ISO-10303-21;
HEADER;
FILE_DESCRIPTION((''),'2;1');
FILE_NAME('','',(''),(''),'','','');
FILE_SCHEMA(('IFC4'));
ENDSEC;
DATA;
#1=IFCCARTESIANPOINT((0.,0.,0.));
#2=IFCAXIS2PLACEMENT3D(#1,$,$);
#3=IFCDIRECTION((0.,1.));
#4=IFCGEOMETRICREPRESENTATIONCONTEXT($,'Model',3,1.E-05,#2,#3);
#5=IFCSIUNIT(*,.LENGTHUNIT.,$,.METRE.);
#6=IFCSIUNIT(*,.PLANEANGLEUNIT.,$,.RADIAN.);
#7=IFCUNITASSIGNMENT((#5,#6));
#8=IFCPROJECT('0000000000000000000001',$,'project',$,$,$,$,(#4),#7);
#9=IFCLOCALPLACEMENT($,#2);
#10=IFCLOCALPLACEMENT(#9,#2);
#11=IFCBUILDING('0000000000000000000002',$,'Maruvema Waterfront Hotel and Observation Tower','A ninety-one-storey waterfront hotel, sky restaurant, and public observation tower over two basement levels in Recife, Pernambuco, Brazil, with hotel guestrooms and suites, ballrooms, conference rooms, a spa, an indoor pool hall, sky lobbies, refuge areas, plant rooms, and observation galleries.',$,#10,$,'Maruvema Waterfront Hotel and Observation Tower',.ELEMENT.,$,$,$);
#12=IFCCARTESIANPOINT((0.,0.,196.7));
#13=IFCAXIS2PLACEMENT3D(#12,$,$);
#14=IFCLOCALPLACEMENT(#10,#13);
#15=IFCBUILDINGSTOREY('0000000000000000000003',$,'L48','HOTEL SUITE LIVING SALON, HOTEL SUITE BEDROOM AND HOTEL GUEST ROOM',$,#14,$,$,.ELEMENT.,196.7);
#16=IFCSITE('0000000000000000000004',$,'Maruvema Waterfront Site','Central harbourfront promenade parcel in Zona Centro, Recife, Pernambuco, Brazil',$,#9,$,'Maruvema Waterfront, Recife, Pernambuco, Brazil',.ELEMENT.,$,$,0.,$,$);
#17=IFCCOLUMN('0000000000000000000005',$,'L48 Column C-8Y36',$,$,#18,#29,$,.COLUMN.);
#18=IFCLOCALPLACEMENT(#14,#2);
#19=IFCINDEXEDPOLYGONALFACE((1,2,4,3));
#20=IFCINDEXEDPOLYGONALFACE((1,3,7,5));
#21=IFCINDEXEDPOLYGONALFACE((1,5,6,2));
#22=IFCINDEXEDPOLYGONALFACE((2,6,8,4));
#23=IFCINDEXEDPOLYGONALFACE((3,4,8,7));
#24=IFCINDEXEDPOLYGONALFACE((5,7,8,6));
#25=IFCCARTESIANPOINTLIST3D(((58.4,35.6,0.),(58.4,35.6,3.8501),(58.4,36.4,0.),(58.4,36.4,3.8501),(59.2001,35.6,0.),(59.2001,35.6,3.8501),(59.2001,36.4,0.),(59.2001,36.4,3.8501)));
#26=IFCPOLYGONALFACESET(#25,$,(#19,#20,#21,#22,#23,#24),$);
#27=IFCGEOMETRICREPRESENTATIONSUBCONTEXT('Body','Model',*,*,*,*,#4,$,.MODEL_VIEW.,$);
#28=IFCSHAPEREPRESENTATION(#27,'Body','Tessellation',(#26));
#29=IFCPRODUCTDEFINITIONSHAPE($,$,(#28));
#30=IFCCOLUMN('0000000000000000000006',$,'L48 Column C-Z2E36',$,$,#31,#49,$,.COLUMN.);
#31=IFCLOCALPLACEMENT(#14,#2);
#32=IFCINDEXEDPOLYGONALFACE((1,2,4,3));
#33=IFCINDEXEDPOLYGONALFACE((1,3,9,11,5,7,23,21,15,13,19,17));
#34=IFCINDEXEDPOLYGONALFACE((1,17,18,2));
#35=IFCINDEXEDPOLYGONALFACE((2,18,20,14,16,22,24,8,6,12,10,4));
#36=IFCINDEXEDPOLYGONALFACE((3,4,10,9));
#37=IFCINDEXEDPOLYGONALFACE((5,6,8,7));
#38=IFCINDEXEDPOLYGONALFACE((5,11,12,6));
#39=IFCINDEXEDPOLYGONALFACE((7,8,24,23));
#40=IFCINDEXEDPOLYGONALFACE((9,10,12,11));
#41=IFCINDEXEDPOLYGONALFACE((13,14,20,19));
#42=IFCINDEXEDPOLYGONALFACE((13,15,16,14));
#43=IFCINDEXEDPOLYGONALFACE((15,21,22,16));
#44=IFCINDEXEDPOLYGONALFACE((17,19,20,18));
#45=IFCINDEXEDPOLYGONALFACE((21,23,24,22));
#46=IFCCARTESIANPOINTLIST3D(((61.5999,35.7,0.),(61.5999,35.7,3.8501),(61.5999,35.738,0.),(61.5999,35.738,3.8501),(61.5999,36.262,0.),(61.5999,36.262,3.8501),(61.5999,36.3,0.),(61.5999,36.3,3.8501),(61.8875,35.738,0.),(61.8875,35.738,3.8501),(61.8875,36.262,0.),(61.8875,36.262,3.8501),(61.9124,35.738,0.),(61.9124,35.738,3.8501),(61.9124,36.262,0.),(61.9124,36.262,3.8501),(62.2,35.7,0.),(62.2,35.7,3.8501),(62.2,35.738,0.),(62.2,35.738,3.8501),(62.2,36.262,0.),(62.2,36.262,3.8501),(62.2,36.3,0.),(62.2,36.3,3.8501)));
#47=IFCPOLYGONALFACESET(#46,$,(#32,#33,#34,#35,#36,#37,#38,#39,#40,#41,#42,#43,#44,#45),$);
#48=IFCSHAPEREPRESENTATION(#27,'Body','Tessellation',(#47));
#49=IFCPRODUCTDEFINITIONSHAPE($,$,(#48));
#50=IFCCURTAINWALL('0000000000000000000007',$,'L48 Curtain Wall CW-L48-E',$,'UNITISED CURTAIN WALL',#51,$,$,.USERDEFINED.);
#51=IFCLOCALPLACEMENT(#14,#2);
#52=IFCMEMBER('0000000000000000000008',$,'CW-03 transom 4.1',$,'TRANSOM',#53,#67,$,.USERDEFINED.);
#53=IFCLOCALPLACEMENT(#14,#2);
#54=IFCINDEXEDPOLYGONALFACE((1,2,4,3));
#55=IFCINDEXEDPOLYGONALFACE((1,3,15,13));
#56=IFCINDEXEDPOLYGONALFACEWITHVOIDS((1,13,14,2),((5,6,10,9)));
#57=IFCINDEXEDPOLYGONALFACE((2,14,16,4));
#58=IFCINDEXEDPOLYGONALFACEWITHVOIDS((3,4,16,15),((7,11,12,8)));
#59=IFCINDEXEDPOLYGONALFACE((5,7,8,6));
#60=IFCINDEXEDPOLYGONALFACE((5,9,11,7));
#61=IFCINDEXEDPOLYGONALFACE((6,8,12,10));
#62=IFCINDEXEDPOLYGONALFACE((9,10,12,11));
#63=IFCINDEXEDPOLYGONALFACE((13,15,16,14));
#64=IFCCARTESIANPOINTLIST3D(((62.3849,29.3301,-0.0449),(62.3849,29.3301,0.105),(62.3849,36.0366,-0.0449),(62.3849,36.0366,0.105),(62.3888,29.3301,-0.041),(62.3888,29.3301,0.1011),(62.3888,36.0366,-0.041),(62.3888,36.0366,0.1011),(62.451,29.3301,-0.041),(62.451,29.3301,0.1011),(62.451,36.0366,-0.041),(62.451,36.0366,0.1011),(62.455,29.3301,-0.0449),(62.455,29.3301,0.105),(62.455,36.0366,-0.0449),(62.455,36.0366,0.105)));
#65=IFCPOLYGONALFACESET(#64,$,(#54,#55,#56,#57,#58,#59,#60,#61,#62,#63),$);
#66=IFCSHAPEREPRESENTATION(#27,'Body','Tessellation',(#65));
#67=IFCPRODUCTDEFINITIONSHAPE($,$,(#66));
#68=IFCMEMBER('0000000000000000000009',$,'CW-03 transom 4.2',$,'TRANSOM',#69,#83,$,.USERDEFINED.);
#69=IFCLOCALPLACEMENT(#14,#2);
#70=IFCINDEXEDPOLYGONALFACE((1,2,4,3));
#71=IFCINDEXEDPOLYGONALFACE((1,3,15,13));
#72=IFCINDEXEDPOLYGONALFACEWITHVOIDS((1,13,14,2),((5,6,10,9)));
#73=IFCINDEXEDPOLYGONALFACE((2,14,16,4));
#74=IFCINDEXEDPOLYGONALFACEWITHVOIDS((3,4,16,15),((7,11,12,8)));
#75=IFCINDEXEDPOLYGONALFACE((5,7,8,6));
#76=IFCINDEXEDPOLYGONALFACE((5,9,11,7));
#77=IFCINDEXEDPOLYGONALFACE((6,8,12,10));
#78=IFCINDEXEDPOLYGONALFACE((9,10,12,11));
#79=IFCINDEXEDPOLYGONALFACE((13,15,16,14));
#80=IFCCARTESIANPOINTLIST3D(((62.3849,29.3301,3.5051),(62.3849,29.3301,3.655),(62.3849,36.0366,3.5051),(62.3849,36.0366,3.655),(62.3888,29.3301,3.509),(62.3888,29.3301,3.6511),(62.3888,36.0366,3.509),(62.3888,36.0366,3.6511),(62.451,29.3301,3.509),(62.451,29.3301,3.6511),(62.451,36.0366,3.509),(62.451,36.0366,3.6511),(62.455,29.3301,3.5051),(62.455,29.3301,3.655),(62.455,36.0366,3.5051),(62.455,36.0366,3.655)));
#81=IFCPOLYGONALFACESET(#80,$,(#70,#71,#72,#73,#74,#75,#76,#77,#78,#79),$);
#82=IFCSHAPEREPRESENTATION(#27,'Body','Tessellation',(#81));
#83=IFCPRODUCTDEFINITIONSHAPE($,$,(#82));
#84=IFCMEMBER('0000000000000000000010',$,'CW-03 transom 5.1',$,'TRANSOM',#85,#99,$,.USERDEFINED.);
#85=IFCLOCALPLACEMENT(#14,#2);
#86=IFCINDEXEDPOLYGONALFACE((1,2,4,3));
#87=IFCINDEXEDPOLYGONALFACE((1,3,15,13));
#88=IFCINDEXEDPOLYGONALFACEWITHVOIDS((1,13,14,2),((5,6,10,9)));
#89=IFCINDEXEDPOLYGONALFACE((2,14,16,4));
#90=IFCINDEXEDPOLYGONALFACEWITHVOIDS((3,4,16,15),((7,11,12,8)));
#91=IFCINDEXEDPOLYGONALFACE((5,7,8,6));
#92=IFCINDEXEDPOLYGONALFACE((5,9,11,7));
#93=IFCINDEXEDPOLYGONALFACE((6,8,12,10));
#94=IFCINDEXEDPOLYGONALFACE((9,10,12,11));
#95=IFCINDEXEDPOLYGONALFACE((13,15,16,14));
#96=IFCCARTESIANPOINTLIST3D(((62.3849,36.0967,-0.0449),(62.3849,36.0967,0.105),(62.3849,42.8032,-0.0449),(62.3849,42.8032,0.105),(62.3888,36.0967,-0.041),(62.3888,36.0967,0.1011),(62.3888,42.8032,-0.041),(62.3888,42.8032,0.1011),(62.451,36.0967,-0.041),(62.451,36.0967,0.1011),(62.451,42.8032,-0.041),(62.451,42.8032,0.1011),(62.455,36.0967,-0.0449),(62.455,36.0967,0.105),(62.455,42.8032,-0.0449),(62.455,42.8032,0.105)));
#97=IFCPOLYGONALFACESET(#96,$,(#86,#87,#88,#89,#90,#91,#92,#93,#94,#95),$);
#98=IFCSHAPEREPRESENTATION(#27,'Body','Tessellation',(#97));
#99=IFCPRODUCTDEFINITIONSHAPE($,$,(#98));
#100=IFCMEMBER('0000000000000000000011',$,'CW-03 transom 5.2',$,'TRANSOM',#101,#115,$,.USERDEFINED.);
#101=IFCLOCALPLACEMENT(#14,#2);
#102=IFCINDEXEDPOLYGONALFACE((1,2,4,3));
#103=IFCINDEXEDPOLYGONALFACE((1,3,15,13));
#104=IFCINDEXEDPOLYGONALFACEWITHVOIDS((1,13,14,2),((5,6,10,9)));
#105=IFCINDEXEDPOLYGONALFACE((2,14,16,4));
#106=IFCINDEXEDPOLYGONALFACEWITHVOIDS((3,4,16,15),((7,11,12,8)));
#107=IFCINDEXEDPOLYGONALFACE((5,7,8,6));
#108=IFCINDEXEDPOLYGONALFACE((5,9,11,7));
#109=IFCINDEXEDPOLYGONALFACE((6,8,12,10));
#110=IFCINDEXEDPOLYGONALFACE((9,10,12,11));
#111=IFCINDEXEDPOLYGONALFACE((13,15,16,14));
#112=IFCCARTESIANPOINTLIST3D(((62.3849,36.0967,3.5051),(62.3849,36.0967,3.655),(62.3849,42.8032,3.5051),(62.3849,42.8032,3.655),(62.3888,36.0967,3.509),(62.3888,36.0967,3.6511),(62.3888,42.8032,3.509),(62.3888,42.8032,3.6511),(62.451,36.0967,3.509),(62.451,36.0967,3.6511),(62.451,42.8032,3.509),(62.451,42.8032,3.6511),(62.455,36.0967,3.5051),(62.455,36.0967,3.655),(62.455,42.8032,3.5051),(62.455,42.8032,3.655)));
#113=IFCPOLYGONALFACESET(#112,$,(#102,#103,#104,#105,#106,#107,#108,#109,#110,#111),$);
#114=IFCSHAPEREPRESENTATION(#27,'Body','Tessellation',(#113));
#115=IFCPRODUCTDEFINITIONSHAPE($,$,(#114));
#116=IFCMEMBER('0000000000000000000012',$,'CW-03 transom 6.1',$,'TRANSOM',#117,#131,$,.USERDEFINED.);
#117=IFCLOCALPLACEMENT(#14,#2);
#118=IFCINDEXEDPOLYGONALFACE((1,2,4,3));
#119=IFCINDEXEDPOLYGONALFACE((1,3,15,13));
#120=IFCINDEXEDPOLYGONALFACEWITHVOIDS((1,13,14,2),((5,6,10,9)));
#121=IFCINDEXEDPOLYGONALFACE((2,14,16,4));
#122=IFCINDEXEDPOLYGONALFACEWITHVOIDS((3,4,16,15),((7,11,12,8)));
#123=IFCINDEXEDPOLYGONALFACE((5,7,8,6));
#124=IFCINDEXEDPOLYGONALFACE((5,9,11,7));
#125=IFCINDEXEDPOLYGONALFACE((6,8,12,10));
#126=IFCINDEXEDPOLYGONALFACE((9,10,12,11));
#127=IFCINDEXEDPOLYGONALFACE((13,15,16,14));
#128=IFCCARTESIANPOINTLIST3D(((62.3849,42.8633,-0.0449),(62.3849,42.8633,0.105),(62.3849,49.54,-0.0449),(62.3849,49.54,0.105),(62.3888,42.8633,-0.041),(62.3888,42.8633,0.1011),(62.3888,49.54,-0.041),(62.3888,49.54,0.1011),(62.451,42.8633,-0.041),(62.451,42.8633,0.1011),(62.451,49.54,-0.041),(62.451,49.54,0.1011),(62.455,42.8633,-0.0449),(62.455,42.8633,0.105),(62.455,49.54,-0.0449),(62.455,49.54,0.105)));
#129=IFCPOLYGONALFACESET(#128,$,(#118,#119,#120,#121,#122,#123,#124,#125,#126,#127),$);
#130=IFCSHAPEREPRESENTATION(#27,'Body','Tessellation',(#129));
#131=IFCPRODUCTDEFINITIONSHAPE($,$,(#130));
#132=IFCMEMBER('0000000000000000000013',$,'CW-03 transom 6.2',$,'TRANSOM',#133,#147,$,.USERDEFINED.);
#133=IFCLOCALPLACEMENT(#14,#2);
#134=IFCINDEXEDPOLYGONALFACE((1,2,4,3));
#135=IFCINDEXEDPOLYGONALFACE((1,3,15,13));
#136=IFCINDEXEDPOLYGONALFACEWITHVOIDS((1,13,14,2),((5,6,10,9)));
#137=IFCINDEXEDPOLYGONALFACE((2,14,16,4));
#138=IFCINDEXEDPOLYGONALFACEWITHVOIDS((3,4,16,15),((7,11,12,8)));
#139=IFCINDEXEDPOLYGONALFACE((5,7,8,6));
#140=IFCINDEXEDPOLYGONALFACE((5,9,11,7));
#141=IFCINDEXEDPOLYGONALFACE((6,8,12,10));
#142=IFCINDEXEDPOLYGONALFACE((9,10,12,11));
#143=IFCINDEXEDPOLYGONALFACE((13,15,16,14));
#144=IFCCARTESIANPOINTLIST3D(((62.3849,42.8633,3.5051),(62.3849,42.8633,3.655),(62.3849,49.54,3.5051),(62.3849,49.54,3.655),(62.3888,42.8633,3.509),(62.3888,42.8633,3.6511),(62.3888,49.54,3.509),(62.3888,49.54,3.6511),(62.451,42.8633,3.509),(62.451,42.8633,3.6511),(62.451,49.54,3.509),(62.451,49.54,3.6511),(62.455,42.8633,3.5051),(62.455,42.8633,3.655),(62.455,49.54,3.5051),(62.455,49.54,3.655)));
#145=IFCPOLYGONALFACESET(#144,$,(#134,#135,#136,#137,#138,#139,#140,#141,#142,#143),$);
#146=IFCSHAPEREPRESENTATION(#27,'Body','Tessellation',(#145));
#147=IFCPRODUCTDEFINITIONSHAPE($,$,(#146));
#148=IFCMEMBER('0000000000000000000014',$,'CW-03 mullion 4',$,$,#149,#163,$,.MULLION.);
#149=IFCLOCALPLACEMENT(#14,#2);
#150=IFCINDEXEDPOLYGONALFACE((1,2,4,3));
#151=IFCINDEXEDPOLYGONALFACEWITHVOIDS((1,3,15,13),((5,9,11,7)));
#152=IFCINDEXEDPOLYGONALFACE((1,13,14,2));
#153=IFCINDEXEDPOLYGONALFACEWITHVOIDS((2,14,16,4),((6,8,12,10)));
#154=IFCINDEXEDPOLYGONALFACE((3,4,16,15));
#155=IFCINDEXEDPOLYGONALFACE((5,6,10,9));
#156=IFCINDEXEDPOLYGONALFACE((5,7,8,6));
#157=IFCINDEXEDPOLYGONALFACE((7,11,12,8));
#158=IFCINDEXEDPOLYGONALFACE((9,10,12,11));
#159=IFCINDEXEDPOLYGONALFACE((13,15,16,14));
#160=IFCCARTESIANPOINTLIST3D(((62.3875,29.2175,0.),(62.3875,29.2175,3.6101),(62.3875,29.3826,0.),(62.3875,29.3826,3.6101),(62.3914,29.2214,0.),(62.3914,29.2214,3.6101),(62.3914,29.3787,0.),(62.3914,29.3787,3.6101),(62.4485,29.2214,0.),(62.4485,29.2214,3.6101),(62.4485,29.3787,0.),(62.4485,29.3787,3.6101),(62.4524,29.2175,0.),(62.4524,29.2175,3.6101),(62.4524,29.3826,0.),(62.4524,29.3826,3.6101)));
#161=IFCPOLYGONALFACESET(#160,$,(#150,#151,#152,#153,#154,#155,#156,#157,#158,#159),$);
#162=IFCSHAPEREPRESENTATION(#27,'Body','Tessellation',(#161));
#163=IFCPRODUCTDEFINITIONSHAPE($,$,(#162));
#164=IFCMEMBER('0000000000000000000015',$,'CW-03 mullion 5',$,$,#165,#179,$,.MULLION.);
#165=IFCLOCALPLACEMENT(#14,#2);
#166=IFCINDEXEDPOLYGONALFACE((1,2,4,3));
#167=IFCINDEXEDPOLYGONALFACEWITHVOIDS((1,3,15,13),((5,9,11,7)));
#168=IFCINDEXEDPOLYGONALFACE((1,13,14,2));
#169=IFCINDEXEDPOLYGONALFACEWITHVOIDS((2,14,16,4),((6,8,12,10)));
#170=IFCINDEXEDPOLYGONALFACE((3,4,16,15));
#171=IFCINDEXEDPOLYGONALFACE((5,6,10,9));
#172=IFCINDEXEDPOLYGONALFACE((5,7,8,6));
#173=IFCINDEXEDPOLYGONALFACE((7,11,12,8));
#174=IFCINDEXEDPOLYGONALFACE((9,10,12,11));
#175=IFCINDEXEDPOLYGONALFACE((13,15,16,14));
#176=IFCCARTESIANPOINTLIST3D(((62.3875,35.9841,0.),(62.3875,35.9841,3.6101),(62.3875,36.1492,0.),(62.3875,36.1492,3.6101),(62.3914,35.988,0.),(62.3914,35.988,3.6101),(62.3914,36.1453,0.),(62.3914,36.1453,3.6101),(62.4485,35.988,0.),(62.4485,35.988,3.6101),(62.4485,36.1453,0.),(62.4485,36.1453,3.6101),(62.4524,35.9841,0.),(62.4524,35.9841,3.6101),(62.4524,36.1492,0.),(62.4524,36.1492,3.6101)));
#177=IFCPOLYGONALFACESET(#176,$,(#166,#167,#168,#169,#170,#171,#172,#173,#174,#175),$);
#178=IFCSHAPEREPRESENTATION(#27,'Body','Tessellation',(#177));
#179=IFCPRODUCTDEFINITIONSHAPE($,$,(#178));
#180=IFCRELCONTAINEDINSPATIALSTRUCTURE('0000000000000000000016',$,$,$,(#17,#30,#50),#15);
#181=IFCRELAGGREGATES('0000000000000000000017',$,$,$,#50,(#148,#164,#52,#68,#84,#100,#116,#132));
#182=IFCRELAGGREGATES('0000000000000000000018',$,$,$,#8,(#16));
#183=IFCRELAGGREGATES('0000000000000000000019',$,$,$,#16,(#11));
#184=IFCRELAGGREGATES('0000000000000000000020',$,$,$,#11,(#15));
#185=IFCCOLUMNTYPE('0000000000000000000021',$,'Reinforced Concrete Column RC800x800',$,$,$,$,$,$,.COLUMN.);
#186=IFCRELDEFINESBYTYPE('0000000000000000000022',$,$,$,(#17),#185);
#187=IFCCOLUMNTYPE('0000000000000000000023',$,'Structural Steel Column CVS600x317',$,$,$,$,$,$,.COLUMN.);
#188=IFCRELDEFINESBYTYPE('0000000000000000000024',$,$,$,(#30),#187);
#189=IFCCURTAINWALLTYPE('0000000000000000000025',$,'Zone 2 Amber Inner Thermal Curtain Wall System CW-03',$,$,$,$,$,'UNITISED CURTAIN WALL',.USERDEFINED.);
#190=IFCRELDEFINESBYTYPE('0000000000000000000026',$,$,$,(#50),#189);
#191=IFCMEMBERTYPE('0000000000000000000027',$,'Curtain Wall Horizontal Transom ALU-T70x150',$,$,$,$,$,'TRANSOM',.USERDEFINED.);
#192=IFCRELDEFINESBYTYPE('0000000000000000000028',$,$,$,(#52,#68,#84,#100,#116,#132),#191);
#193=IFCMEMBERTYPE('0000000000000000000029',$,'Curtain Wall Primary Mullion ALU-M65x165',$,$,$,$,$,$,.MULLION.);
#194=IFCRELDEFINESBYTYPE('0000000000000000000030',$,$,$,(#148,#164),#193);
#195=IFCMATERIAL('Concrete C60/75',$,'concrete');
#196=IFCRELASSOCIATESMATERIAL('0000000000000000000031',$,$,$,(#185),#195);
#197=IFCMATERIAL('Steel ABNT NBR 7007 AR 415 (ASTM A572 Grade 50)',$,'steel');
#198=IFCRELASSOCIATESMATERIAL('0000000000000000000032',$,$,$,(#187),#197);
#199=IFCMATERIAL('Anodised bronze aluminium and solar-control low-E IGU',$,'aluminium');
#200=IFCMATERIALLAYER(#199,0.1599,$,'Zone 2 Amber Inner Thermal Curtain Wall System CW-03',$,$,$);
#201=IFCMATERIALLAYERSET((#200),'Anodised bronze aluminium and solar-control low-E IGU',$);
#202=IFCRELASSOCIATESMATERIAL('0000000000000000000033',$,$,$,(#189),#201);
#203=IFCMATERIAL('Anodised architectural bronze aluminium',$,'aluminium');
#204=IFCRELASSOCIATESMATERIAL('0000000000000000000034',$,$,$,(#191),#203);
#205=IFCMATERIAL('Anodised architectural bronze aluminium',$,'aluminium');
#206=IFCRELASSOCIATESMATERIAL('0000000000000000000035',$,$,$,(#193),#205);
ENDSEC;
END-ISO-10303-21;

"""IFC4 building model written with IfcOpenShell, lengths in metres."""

from ifc_helpers import new_model, si_unit, direction, frame, origin, origin_2d, place, context, subcontext, project, spatial, rectangle, hollow_rectangle, i_section, extrude, material, layer, layer_set, material_profile, profile_set, type_object, element, aggregate, save


model = new_model("IFC4")

# Units and contexts
model_context = context("Model", 3, precision=1e-05, world=origin(), true_north=direction((0.0, 1.0)))
body_context = subcontext(model_context, "Body", "Model", "MODEL_VIEW")
ifc_project = project(units=[si_unit("LENGTHUNIT", "METRE"), si_unit("PLANEANGLEUNIT", "RADIAN")], contexts=[model_context])

# Site, building, storey
site_placement = place(None, origin())
site = spatial("IfcSite", under=ifc_project, at=site_placement, Name="Maruvema Waterfront Site", Description="Central harbourfront promenade parcel in Zona Centro, Recife, Pernambuco, Brazil", LongName="Maruvema Waterfront, Recife, Pernambuco, Brazil", CompositionType="ELEMENT", RefElevation=0.0)
building_placement = place(site_placement, origin())
building = spatial("IfcBuilding", under=site, at=building_placement, Name="Maruvema Waterfront Hotel and Observation Tower", Description="A ninety-one-storey waterfront hotel, sky restaurant, and public observation tower over two basement levels in Recife, Pernambuco, Brazil, with hotel guestrooms and suites, ballrooms, conference rooms, a spa, an indoor pool hall, sky lobbies, refuge areas, plant rooms, and observation galleries.", LongName="Maruvema Waterfront Hotel and Observation Tower", CompositionType="ELEMENT")
storey_placement = place(building_placement, frame((0.0, 0.0, 196.7)))
storey = spatial("IfcBuildingStorey", under=building, at=storey_placement, Name="L48", Description="HOTEL SUITE LIVING SALON, HOTEL SUITE BEDROOM AND HOTEL GUEST ROOM", CompositionType="ELEMENT", Elevation=196.7)

# Columns
ifc_material_1 = material(Name="Concrete C60/75", Category="concrete")
ifc_material_profile_1 = material_profile(ifc_material_1, rectangle(XDim=0.8, YDim=0.8, at=origin_2d()), Name="RC800x800")
ifc_profile_set_1 = profile_set([ifc_material_profile_1], Name="Concrete C60/75")
column_type_1 = type_object("IfcColumnType", Name="Reinforced Concrete Column RC800x800", PredefinedType="COLUMN", material=ifc_profile_set_1)
column_1_placement = place(storey_placement, frame((58.8, 36.0, 0.0), z_axis=(0.0, 0.0, 1.0), x_axis=(1.0, 0.0, 0.0)))
element("IfcColumn", 1, at=column_1_placement, inside=storey, type_object=column_type_1, Name="L48 Column C-8Y36", PredefinedType="COLUMN", context=body_context, shape_type="SweptSolid", body=[
    extrude(rectangle(XDim=0.8, YDim=0.8, at=origin_2d()), origin(), (0.0, 0.0, 1.0), 3.8501),
])
ifc_material_2 = material(Name="Steel ABNT NBR 7007 AR 415 (ASTM A572 Grade 50)", Category="steel")
ifc_material_profile_2 = material_profile(ifc_material_2, i_section(OverallWidth=0.6001, OverallDepth=0.6001, WebThickness=0.0249, FlangeThickness=0.0381, at=origin_2d()), Name="CVS600x317")
ifc_profile_set_2 = profile_set([ifc_material_profile_2], Name="Steel ABNT NBR 7007 AR 415 (ASTM A572 Grade 50)")
column_type_2 = type_object("IfcColumnType", Name="Structural Steel Column CVS600x317", PredefinedType="COLUMN", material=ifc_profile_set_2)
column_2_placement = place(storey_placement, frame((61.8999, 36.0, 0.0), z_axis=(0.0, 0.0, 1.0), x_axis=(1.0, 0.0, 0.0)))
element("IfcColumn", 2, at=column_2_placement, inside=storey, type_object=column_type_2, Name="L48 Column C-Z2E36", PredefinedType="COLUMN", context=body_context, shape_type="SweptSolid", body=[
    extrude(i_section(OverallWidth=0.6001, OverallDepth=0.6001, WebThickness=0.0249, FlangeThickness=0.0381, at=origin_2d()), origin(), (0.0, 0.0, 1.0), 3.8501),
])

# Curtain wall, members
ifc_material_3 = material(Name="Anodised bronze aluminium and solar-control low-E IGU", Category="aluminium")
ifc_layer_1 = layer(ifc_material_3, 0.1599, Name="Zone 2 Amber Inner Thermal Curtain Wall System CW-03")
ifc_layer_set_1 = layer_set([ifc_layer_1], Name="Anodised bronze aluminium and solar-control low-E IGU")
curtain_wall_type = type_object("IfcCurtainWallType", Name="Zone 2 Amber Inner Thermal Curtain Wall System CW-03", ElementType="UNITISED CURTAIN WALL", PredefinedType="USERDEFINED", material=ifc_layer_set_1)
curtain_wall_placement = place(storey_placement, origin())
curtain_wall = element("IfcCurtainWall", 3, at=curtain_wall_placement, inside=storey, type_object=curtain_wall_type, Name="L48 Curtain Wall CW-L48-E", ObjectType="UNITISED CURTAIN WALL", PredefinedType="USERDEFINED")
ifc_material_4 = material(Name="Anodised architectural bronze aluminium", Category="aluminium")
ifc_material_profile_3 = material_profile(ifc_material_4, hollow_rectangle(XDim=0.0701, YDim=0.1499, WallThickness=0.0039, at=origin_2d()), Name="ALU-T70x150")
ifc_profile_set_3 = profile_set([ifc_material_profile_3], Name="Anodised architectural bronze aluminium")
member_type_1 = type_object("IfcMemberType", Name="Curtain Wall Horizontal Transom ALU-T70x150", ElementType="TRANSOM", PredefinedType="USERDEFINED", material=ifc_profile_set_3)
member_1_placement = place(storey_placement, frame((62.4199, 29.3301, 0.03), z_axis=(0.0, 1.0, 0.0), x_axis=(-1.0, 0.0, 0.0)))
member_1 = element("IfcMember", 4, at=member_1_placement, type_object=member_type_1, Name="CW-03 transom 4.1", ObjectType="TRANSOM", PredefinedType="USERDEFINED", context=body_context, shape_type="SweptSolid", body=[
    extrude(hollow_rectangle(XDim=0.0701, YDim=0.1499, WallThickness=0.0039, at=origin_2d()), origin(), (0.0, 0.0, 1.0), 6.7065),
])
member_2_placement = place(storey_placement, frame((62.4199, 29.3301, 3.5801), z_axis=(0.0, 1.0, 0.0), x_axis=(-1.0, 0.0, 0.0)))
member_2 = element("IfcMember", 5, at=member_2_placement, type_object=member_type_1, Name="CW-03 transom 4.2", ObjectType="TRANSOM", PredefinedType="USERDEFINED", context=body_context, shape_type="SweptSolid", body=[
    extrude(hollow_rectangle(XDim=0.0701, YDim=0.1499, WallThickness=0.0039, at=origin_2d()), origin(), (0.0, 0.0, 1.0), 6.7065),
])
member_3_placement = place(storey_placement, frame((62.4199, 36.0967, 0.03), z_axis=(0.0, 1.0, 0.0), x_axis=(-1.0, 0.0, 0.0)))
member_3 = element("IfcMember", 6, at=member_3_placement, type_object=member_type_1, Name="CW-03 transom 5.1", ObjectType="TRANSOM", PredefinedType="USERDEFINED", context=body_context, shape_type="SweptSolid", body=[
    extrude(hollow_rectangle(XDim=0.0701, YDim=0.1499, WallThickness=0.0039, at=origin_2d()), origin(), (0.0, 0.0, 1.0), 6.7065),
])
member_4_placement = place(storey_placement, frame((62.4199, 36.0967, 3.5801), z_axis=(0.0, 1.0, 0.0), x_axis=(-1.0, 0.0, 0.0)))
member_4 = element("IfcMember", 7, at=member_4_placement, type_object=member_type_1, Name="CW-03 transom 5.2", ObjectType="TRANSOM", PredefinedType="USERDEFINED", context=body_context, shape_type="SweptSolid", body=[
    extrude(hollow_rectangle(XDim=0.0701, YDim=0.1499, WallThickness=0.0039, at=origin_2d()), origin(), (0.0, 0.0, 1.0), 6.7065),
])
member_5_placement = place(storey_placement, frame((62.4199, 42.8633, 0.03), z_axis=(0.0, 1.0, 0.0), x_axis=(-1.0, 0.0, 0.0)))
member_5 = element("IfcMember", 8, at=member_5_placement, type_object=member_type_1, Name="CW-03 transom 6.1", ObjectType="TRANSOM", PredefinedType="USERDEFINED", context=body_context, shape_type="SweptSolid", body=[
    extrude(hollow_rectangle(XDim=0.0701, YDim=0.1499, WallThickness=0.0039, at=origin_2d()), origin(), (0.0, 0.0, 1.0), 6.6768),
])
member_6_placement = place(storey_placement, frame((62.4199, 42.8633, 3.5801), z_axis=(0.0, 1.0, 0.0), x_axis=(-1.0, 0.0, 0.0)))
member_6 = element("IfcMember", 9, at=member_6_placement, type_object=member_type_1, Name="CW-03 transom 6.2", ObjectType="TRANSOM", PredefinedType="USERDEFINED", context=body_context, shape_type="SweptSolid", body=[
    extrude(hollow_rectangle(XDim=0.0701, YDim=0.1499, WallThickness=0.0039, at=origin_2d()), origin(), (0.0, 0.0, 1.0), 6.6768),
])
ifc_material_5 = material(Name="Anodised architectural bronze aluminium", Category="aluminium")
ifc_material_profile_4 = material_profile(ifc_material_5, hollow_rectangle(XDim=0.0649, YDim=0.165, WallThickness=0.0039, at=origin_2d()), Name="ALU-M65x165")
ifc_profile_set_4 = profile_set([ifc_material_profile_4], Name="Anodised architectural bronze aluminium")
member_type_2 = type_object("IfcMemberType", Name="Curtain Wall Primary Mullion ALU-M65x165", PredefinedType="MULLION", material=ifc_profile_set_4)
member_7_placement = place(storey_placement, frame((62.4199, 29.3, 0.0), z_axis=(0.0, 0.0, 1.0), x_axis=(-1.0, 0.0, 0.0)))
member_7 = element("IfcMember", 10, at=member_7_placement, type_object=member_type_2, Name="CW-03 mullion 4", PredefinedType="MULLION", context=body_context, shape_type="SweptSolid", body=[
    extrude(hollow_rectangle(XDim=0.0649, YDim=0.165, WallThickness=0.0039, at=origin_2d()), origin(), (0.0, 0.0, 1.0), 3.6101),
])
member_8_placement = place(storey_placement, frame((62.4199, 36.0667, 0.0), z_axis=(0.0, 0.0, 1.0), x_axis=(-1.0, 0.0, 0.0)))
member_8 = element("IfcMember", 11, at=member_8_placement, type_object=member_type_2, Name="CW-03 mullion 5", PredefinedType="MULLION", context=body_context, shape_type="SweptSolid", body=[
    extrude(hollow_rectangle(XDim=0.0649, YDim=0.165, WallThickness=0.0039, at=origin_2d()), origin(), (0.0, 0.0, 1.0), 3.6101),
])

aggregate(curtain_wall, [member_7, member_8, member_1, member_2, member_3, member_4, member_5, member_6])

save(model, "model.ifc")
